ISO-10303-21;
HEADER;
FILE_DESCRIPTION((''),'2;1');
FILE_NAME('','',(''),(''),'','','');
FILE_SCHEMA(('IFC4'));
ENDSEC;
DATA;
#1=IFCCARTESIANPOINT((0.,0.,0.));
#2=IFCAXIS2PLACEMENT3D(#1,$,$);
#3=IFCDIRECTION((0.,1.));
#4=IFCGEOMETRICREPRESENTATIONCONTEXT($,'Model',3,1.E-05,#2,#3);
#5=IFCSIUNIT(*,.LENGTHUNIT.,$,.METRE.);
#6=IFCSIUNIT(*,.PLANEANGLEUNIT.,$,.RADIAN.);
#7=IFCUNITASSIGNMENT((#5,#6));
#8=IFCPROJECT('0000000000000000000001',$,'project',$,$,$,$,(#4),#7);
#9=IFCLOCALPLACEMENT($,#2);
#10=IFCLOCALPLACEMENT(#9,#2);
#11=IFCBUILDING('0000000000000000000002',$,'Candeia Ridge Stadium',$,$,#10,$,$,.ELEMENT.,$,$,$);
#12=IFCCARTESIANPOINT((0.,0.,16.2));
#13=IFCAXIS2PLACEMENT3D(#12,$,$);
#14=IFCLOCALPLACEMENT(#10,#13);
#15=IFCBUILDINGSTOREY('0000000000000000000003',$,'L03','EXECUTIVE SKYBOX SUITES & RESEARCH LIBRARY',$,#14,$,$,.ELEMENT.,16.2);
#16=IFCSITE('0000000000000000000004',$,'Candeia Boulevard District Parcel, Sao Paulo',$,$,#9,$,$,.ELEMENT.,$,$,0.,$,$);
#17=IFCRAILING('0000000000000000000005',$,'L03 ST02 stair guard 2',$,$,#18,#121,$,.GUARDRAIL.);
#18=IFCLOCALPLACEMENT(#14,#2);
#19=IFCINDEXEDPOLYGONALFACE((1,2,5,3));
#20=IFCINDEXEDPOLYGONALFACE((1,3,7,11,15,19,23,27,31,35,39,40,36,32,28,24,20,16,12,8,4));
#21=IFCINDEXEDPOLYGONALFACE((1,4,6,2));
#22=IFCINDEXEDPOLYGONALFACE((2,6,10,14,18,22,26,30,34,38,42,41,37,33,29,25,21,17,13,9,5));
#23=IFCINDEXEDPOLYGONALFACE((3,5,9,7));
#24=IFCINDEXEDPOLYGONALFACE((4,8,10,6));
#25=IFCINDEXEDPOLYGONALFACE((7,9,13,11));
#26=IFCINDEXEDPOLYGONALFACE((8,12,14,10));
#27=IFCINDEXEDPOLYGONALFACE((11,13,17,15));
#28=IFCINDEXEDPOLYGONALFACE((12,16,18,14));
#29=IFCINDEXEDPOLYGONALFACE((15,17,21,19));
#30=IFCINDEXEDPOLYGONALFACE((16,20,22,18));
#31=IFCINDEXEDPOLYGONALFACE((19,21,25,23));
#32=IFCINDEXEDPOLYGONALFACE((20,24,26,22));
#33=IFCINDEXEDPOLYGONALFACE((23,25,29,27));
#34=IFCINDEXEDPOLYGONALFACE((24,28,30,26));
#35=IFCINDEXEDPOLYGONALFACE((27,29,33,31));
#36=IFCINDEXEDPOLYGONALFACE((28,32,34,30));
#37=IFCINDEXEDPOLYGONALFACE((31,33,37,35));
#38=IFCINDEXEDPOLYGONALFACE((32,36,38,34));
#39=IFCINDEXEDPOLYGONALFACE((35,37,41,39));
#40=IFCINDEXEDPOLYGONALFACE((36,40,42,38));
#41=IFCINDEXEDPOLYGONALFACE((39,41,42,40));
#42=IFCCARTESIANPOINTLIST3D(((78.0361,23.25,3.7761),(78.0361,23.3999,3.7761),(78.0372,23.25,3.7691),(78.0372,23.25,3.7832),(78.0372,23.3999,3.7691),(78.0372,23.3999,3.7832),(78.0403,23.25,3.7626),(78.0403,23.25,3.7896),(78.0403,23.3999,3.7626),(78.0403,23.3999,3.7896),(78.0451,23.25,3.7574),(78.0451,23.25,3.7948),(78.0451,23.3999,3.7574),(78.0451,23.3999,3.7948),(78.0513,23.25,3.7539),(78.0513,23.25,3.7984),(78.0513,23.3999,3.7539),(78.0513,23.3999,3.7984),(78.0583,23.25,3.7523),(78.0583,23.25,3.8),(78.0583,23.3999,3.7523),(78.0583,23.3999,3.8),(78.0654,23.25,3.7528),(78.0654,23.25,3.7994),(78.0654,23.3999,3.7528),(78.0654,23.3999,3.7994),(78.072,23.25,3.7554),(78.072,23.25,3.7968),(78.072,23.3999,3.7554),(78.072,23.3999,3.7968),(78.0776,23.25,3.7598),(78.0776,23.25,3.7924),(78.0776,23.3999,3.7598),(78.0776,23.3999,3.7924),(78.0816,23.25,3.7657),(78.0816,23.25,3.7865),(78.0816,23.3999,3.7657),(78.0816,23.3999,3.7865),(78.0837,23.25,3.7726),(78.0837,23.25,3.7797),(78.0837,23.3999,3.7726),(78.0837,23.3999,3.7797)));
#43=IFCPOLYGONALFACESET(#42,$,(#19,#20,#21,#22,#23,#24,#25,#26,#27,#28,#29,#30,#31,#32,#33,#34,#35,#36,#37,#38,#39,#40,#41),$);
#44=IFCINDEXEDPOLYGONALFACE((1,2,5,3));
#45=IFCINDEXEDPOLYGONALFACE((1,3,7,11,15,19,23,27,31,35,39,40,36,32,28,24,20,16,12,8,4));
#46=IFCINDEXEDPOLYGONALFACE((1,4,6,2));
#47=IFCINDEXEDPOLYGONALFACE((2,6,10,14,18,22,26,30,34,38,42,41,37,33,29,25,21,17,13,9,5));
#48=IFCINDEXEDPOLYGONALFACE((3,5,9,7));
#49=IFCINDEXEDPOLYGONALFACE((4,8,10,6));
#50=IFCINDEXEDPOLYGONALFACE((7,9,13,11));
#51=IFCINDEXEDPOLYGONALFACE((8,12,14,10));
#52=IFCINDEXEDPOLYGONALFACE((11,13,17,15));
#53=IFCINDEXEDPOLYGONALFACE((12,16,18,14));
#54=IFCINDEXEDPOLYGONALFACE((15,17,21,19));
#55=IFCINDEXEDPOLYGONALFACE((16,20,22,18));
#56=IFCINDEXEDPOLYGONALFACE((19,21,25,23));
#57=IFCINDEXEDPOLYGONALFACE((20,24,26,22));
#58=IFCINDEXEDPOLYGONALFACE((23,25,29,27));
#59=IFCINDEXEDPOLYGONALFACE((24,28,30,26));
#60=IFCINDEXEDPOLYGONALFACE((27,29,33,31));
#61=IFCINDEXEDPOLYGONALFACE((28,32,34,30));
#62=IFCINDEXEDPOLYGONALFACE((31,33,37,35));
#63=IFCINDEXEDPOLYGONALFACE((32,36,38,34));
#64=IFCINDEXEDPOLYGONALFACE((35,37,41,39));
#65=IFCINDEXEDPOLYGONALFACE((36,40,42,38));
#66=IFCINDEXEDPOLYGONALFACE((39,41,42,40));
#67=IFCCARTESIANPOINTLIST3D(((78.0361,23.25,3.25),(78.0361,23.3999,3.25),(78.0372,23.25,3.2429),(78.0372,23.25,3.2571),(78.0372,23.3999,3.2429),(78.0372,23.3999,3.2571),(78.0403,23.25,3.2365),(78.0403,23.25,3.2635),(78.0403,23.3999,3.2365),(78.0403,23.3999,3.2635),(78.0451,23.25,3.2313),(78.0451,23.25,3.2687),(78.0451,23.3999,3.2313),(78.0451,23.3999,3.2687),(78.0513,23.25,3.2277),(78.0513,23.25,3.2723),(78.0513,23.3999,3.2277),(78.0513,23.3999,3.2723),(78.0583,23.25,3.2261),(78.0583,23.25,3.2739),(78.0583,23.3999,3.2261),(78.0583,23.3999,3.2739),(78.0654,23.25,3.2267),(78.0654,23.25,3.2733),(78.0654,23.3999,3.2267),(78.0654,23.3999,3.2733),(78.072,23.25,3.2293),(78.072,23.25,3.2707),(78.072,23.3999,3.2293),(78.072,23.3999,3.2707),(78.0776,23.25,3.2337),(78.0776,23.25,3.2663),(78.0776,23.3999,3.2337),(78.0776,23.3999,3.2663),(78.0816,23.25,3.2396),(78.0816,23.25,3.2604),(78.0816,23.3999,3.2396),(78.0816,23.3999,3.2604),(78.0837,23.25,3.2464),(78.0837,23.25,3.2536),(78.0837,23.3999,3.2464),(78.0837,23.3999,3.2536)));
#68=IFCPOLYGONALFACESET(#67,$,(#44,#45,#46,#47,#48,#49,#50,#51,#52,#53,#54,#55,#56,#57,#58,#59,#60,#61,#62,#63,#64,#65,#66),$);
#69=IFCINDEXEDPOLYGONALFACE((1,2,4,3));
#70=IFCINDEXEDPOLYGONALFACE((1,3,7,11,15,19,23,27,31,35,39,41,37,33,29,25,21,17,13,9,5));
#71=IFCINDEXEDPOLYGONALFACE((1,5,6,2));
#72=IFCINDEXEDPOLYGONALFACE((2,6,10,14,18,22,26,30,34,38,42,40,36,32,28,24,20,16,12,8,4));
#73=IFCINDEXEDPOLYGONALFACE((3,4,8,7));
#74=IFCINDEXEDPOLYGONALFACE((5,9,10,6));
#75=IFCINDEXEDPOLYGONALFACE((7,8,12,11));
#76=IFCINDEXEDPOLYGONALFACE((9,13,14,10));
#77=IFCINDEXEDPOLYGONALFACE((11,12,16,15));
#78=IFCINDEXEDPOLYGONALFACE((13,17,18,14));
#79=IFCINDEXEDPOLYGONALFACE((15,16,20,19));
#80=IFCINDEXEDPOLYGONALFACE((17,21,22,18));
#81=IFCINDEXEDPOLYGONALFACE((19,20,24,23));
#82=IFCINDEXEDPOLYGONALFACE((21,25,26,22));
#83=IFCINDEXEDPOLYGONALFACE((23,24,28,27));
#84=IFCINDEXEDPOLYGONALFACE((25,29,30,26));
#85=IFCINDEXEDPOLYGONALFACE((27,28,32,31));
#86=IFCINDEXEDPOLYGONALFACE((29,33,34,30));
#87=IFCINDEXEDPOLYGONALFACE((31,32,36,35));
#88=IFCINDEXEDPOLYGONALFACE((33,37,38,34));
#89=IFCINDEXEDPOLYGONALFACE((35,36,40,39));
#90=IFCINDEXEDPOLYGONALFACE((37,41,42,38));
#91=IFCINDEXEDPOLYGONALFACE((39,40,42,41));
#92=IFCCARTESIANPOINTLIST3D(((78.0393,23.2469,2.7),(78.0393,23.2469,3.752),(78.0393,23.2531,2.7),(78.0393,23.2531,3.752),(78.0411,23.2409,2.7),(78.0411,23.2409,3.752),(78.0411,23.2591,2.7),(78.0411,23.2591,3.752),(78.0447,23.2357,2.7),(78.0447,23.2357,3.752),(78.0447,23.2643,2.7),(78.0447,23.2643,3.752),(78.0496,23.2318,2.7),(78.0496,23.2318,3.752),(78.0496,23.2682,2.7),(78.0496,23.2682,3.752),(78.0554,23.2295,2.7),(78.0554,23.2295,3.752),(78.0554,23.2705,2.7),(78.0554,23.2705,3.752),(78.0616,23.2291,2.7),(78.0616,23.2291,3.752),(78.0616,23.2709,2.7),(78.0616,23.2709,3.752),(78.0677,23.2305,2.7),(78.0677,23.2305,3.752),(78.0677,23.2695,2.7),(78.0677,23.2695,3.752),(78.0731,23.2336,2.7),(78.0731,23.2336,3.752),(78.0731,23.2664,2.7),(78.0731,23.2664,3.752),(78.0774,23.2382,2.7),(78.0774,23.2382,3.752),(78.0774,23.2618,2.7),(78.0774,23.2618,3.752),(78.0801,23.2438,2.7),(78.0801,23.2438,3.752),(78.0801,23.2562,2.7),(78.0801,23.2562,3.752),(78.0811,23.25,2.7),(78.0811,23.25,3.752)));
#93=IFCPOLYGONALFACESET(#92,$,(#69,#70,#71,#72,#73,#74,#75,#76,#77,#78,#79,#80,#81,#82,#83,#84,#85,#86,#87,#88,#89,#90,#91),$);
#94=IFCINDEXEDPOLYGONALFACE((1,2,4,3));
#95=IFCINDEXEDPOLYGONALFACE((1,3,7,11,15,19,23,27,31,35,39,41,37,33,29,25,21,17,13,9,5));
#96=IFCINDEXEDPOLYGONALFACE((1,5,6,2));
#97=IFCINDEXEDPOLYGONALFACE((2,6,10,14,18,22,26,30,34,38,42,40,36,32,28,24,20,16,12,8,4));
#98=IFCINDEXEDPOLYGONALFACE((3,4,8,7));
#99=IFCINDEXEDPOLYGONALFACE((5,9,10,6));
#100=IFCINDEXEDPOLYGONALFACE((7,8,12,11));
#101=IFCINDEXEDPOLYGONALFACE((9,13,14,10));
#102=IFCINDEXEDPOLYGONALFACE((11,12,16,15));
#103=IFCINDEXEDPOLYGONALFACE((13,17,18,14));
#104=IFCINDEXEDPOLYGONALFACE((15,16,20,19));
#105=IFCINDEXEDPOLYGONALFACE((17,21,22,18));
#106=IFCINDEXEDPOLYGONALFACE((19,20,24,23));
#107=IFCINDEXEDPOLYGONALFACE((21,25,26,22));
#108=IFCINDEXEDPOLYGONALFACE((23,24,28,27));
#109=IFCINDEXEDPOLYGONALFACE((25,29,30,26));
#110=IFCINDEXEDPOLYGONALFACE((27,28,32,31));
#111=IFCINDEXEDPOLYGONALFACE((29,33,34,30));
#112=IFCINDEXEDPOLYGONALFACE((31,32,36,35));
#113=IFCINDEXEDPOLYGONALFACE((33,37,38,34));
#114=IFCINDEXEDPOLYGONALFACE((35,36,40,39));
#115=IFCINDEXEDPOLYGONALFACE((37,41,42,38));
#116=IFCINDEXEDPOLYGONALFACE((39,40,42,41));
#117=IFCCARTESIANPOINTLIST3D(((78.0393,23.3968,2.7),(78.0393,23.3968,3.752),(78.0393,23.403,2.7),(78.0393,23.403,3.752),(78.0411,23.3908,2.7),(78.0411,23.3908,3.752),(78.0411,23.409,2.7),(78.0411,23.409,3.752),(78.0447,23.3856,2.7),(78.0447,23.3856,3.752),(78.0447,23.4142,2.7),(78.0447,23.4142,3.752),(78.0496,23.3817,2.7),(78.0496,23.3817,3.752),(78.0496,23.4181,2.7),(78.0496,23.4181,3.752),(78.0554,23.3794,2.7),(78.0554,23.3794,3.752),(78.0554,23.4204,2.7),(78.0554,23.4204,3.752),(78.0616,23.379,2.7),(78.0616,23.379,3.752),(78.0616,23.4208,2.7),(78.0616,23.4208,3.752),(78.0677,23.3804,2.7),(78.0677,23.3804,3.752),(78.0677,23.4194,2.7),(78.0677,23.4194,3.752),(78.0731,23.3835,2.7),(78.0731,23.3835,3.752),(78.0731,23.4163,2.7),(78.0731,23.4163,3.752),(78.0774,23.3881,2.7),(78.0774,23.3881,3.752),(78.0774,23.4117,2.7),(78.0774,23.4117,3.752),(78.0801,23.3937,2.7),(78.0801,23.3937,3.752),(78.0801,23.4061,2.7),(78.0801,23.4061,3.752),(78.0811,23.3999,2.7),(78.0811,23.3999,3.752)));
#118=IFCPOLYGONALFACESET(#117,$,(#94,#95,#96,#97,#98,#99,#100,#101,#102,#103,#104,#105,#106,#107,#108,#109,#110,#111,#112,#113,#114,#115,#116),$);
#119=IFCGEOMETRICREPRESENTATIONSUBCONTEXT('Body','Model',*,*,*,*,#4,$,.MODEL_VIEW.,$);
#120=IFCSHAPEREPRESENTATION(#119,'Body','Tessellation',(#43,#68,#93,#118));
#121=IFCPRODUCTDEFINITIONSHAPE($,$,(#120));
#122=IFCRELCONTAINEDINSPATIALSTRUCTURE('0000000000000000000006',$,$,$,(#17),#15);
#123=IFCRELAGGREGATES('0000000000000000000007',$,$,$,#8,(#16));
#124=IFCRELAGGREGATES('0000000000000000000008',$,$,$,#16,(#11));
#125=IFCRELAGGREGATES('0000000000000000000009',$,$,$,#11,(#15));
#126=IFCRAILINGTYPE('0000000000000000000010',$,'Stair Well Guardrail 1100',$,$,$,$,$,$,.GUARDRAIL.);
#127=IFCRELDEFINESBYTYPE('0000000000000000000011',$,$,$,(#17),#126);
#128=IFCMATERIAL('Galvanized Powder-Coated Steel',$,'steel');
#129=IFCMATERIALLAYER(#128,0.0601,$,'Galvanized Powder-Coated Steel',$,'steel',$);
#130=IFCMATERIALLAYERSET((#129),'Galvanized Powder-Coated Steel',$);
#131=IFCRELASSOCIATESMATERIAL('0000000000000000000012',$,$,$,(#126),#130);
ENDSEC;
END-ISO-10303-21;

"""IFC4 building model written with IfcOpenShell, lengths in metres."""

from ifc_helpers import new_model, si_unit, direction, frame, origin, origin_2d, place, context, subcontext, project, spatial, circle, extrude, material, layer, layer_set, type_object, element, save


model = new_model("IFC4")

# Units and contexts
model_context = context("Model", 3, precision=1e-05, world=origin(), true_north=direction((0.0, 1.0)))
body_context = subcontext(model_context, "Body", "Model", "MODEL_VIEW")
ifc_project = project(units=[si_unit("LENGTHUNIT", "METRE"), si_unit("PLANEANGLEUNIT", "RADIAN")], contexts=[model_context])

# Site, building, storey
site_placement = place(None, origin())
site = spatial("IfcSite", under=ifc_project, at=site_placement, Name="Candeia Boulevard District Parcel, Sao Paulo", CompositionType="ELEMENT", RefElevation=0.0)
building_placement = place(site_placement, origin())
building = spatial("IfcBuilding", under=site, at=building_placement, Name="Candeia Ridge Stadium", CompositionType="ELEMENT")
storey_placement = place(building_placement, frame((0.0, 0.0, 16.2)))
storey = spatial("IfcBuildingStorey", under=building, at=storey_placement, Name="L03", Description="EXECUTIVE SKYBOX SUITES & RESEARCH LIBRARY", CompositionType="ELEMENT", Elevation=16.2)

# Railing
ifc_material_1 = material(Name="Galvanized Powder-Coated Steel", Category="steel")
ifc_layer_1 = layer(ifc_material_1, 0.0601, Name="Galvanized Powder-Coated Steel", Category="steel")
ifc_layer_set_1 = layer_set([ifc_layer_1], Name="Galvanized Powder-Coated Steel")
railing_type_1 = type_object("IfcRailingType", Name="Stair Well Guardrail 1100", PredefinedType="GUARDRAIL", material=ifc_layer_set_1)
railing_1_placement = place(storey_placement, frame((78.0601, 23.25, 2.7)))
element("IfcRailing", 1, at=railing_1_placement, inside=storey, type_object=railing_type_1, Name="L03 ST02 stair guard 2", PredefinedType="GUARDRAIL", context=body_context, shape_type="SweptSolid", body=[
    extrude(circle(Radius=0.0239, at=origin_2d()), frame((0.0, 0.0, 1.0762), z_axis=(0.0, 1.0, 0.0), x_axis=(-1.0, 0.0, 0.0)), (0.0, 0.0, 1.0), 0.1499),
    extrude(circle(Radius=0.0239, at=origin_2d()), frame((0.0, 0.0, 0.55), z_axis=(0.0, 1.0, 0.0), x_axis=(-1.0, 0.0, 0.0)), (0.0, 0.0, 1.0), 0.1499),
    extrude(circle(Radius=0.021, at=origin_2d()), origin(), (0.0, 0.0, 1.0), 1.052),
    extrude(circle(Radius=0.021, at=origin_2d()), frame((0.0, 0.1499, 0.0)), (0.0, 0.0, 1.0), 1.052),
])

save(model, "model.ifc")
